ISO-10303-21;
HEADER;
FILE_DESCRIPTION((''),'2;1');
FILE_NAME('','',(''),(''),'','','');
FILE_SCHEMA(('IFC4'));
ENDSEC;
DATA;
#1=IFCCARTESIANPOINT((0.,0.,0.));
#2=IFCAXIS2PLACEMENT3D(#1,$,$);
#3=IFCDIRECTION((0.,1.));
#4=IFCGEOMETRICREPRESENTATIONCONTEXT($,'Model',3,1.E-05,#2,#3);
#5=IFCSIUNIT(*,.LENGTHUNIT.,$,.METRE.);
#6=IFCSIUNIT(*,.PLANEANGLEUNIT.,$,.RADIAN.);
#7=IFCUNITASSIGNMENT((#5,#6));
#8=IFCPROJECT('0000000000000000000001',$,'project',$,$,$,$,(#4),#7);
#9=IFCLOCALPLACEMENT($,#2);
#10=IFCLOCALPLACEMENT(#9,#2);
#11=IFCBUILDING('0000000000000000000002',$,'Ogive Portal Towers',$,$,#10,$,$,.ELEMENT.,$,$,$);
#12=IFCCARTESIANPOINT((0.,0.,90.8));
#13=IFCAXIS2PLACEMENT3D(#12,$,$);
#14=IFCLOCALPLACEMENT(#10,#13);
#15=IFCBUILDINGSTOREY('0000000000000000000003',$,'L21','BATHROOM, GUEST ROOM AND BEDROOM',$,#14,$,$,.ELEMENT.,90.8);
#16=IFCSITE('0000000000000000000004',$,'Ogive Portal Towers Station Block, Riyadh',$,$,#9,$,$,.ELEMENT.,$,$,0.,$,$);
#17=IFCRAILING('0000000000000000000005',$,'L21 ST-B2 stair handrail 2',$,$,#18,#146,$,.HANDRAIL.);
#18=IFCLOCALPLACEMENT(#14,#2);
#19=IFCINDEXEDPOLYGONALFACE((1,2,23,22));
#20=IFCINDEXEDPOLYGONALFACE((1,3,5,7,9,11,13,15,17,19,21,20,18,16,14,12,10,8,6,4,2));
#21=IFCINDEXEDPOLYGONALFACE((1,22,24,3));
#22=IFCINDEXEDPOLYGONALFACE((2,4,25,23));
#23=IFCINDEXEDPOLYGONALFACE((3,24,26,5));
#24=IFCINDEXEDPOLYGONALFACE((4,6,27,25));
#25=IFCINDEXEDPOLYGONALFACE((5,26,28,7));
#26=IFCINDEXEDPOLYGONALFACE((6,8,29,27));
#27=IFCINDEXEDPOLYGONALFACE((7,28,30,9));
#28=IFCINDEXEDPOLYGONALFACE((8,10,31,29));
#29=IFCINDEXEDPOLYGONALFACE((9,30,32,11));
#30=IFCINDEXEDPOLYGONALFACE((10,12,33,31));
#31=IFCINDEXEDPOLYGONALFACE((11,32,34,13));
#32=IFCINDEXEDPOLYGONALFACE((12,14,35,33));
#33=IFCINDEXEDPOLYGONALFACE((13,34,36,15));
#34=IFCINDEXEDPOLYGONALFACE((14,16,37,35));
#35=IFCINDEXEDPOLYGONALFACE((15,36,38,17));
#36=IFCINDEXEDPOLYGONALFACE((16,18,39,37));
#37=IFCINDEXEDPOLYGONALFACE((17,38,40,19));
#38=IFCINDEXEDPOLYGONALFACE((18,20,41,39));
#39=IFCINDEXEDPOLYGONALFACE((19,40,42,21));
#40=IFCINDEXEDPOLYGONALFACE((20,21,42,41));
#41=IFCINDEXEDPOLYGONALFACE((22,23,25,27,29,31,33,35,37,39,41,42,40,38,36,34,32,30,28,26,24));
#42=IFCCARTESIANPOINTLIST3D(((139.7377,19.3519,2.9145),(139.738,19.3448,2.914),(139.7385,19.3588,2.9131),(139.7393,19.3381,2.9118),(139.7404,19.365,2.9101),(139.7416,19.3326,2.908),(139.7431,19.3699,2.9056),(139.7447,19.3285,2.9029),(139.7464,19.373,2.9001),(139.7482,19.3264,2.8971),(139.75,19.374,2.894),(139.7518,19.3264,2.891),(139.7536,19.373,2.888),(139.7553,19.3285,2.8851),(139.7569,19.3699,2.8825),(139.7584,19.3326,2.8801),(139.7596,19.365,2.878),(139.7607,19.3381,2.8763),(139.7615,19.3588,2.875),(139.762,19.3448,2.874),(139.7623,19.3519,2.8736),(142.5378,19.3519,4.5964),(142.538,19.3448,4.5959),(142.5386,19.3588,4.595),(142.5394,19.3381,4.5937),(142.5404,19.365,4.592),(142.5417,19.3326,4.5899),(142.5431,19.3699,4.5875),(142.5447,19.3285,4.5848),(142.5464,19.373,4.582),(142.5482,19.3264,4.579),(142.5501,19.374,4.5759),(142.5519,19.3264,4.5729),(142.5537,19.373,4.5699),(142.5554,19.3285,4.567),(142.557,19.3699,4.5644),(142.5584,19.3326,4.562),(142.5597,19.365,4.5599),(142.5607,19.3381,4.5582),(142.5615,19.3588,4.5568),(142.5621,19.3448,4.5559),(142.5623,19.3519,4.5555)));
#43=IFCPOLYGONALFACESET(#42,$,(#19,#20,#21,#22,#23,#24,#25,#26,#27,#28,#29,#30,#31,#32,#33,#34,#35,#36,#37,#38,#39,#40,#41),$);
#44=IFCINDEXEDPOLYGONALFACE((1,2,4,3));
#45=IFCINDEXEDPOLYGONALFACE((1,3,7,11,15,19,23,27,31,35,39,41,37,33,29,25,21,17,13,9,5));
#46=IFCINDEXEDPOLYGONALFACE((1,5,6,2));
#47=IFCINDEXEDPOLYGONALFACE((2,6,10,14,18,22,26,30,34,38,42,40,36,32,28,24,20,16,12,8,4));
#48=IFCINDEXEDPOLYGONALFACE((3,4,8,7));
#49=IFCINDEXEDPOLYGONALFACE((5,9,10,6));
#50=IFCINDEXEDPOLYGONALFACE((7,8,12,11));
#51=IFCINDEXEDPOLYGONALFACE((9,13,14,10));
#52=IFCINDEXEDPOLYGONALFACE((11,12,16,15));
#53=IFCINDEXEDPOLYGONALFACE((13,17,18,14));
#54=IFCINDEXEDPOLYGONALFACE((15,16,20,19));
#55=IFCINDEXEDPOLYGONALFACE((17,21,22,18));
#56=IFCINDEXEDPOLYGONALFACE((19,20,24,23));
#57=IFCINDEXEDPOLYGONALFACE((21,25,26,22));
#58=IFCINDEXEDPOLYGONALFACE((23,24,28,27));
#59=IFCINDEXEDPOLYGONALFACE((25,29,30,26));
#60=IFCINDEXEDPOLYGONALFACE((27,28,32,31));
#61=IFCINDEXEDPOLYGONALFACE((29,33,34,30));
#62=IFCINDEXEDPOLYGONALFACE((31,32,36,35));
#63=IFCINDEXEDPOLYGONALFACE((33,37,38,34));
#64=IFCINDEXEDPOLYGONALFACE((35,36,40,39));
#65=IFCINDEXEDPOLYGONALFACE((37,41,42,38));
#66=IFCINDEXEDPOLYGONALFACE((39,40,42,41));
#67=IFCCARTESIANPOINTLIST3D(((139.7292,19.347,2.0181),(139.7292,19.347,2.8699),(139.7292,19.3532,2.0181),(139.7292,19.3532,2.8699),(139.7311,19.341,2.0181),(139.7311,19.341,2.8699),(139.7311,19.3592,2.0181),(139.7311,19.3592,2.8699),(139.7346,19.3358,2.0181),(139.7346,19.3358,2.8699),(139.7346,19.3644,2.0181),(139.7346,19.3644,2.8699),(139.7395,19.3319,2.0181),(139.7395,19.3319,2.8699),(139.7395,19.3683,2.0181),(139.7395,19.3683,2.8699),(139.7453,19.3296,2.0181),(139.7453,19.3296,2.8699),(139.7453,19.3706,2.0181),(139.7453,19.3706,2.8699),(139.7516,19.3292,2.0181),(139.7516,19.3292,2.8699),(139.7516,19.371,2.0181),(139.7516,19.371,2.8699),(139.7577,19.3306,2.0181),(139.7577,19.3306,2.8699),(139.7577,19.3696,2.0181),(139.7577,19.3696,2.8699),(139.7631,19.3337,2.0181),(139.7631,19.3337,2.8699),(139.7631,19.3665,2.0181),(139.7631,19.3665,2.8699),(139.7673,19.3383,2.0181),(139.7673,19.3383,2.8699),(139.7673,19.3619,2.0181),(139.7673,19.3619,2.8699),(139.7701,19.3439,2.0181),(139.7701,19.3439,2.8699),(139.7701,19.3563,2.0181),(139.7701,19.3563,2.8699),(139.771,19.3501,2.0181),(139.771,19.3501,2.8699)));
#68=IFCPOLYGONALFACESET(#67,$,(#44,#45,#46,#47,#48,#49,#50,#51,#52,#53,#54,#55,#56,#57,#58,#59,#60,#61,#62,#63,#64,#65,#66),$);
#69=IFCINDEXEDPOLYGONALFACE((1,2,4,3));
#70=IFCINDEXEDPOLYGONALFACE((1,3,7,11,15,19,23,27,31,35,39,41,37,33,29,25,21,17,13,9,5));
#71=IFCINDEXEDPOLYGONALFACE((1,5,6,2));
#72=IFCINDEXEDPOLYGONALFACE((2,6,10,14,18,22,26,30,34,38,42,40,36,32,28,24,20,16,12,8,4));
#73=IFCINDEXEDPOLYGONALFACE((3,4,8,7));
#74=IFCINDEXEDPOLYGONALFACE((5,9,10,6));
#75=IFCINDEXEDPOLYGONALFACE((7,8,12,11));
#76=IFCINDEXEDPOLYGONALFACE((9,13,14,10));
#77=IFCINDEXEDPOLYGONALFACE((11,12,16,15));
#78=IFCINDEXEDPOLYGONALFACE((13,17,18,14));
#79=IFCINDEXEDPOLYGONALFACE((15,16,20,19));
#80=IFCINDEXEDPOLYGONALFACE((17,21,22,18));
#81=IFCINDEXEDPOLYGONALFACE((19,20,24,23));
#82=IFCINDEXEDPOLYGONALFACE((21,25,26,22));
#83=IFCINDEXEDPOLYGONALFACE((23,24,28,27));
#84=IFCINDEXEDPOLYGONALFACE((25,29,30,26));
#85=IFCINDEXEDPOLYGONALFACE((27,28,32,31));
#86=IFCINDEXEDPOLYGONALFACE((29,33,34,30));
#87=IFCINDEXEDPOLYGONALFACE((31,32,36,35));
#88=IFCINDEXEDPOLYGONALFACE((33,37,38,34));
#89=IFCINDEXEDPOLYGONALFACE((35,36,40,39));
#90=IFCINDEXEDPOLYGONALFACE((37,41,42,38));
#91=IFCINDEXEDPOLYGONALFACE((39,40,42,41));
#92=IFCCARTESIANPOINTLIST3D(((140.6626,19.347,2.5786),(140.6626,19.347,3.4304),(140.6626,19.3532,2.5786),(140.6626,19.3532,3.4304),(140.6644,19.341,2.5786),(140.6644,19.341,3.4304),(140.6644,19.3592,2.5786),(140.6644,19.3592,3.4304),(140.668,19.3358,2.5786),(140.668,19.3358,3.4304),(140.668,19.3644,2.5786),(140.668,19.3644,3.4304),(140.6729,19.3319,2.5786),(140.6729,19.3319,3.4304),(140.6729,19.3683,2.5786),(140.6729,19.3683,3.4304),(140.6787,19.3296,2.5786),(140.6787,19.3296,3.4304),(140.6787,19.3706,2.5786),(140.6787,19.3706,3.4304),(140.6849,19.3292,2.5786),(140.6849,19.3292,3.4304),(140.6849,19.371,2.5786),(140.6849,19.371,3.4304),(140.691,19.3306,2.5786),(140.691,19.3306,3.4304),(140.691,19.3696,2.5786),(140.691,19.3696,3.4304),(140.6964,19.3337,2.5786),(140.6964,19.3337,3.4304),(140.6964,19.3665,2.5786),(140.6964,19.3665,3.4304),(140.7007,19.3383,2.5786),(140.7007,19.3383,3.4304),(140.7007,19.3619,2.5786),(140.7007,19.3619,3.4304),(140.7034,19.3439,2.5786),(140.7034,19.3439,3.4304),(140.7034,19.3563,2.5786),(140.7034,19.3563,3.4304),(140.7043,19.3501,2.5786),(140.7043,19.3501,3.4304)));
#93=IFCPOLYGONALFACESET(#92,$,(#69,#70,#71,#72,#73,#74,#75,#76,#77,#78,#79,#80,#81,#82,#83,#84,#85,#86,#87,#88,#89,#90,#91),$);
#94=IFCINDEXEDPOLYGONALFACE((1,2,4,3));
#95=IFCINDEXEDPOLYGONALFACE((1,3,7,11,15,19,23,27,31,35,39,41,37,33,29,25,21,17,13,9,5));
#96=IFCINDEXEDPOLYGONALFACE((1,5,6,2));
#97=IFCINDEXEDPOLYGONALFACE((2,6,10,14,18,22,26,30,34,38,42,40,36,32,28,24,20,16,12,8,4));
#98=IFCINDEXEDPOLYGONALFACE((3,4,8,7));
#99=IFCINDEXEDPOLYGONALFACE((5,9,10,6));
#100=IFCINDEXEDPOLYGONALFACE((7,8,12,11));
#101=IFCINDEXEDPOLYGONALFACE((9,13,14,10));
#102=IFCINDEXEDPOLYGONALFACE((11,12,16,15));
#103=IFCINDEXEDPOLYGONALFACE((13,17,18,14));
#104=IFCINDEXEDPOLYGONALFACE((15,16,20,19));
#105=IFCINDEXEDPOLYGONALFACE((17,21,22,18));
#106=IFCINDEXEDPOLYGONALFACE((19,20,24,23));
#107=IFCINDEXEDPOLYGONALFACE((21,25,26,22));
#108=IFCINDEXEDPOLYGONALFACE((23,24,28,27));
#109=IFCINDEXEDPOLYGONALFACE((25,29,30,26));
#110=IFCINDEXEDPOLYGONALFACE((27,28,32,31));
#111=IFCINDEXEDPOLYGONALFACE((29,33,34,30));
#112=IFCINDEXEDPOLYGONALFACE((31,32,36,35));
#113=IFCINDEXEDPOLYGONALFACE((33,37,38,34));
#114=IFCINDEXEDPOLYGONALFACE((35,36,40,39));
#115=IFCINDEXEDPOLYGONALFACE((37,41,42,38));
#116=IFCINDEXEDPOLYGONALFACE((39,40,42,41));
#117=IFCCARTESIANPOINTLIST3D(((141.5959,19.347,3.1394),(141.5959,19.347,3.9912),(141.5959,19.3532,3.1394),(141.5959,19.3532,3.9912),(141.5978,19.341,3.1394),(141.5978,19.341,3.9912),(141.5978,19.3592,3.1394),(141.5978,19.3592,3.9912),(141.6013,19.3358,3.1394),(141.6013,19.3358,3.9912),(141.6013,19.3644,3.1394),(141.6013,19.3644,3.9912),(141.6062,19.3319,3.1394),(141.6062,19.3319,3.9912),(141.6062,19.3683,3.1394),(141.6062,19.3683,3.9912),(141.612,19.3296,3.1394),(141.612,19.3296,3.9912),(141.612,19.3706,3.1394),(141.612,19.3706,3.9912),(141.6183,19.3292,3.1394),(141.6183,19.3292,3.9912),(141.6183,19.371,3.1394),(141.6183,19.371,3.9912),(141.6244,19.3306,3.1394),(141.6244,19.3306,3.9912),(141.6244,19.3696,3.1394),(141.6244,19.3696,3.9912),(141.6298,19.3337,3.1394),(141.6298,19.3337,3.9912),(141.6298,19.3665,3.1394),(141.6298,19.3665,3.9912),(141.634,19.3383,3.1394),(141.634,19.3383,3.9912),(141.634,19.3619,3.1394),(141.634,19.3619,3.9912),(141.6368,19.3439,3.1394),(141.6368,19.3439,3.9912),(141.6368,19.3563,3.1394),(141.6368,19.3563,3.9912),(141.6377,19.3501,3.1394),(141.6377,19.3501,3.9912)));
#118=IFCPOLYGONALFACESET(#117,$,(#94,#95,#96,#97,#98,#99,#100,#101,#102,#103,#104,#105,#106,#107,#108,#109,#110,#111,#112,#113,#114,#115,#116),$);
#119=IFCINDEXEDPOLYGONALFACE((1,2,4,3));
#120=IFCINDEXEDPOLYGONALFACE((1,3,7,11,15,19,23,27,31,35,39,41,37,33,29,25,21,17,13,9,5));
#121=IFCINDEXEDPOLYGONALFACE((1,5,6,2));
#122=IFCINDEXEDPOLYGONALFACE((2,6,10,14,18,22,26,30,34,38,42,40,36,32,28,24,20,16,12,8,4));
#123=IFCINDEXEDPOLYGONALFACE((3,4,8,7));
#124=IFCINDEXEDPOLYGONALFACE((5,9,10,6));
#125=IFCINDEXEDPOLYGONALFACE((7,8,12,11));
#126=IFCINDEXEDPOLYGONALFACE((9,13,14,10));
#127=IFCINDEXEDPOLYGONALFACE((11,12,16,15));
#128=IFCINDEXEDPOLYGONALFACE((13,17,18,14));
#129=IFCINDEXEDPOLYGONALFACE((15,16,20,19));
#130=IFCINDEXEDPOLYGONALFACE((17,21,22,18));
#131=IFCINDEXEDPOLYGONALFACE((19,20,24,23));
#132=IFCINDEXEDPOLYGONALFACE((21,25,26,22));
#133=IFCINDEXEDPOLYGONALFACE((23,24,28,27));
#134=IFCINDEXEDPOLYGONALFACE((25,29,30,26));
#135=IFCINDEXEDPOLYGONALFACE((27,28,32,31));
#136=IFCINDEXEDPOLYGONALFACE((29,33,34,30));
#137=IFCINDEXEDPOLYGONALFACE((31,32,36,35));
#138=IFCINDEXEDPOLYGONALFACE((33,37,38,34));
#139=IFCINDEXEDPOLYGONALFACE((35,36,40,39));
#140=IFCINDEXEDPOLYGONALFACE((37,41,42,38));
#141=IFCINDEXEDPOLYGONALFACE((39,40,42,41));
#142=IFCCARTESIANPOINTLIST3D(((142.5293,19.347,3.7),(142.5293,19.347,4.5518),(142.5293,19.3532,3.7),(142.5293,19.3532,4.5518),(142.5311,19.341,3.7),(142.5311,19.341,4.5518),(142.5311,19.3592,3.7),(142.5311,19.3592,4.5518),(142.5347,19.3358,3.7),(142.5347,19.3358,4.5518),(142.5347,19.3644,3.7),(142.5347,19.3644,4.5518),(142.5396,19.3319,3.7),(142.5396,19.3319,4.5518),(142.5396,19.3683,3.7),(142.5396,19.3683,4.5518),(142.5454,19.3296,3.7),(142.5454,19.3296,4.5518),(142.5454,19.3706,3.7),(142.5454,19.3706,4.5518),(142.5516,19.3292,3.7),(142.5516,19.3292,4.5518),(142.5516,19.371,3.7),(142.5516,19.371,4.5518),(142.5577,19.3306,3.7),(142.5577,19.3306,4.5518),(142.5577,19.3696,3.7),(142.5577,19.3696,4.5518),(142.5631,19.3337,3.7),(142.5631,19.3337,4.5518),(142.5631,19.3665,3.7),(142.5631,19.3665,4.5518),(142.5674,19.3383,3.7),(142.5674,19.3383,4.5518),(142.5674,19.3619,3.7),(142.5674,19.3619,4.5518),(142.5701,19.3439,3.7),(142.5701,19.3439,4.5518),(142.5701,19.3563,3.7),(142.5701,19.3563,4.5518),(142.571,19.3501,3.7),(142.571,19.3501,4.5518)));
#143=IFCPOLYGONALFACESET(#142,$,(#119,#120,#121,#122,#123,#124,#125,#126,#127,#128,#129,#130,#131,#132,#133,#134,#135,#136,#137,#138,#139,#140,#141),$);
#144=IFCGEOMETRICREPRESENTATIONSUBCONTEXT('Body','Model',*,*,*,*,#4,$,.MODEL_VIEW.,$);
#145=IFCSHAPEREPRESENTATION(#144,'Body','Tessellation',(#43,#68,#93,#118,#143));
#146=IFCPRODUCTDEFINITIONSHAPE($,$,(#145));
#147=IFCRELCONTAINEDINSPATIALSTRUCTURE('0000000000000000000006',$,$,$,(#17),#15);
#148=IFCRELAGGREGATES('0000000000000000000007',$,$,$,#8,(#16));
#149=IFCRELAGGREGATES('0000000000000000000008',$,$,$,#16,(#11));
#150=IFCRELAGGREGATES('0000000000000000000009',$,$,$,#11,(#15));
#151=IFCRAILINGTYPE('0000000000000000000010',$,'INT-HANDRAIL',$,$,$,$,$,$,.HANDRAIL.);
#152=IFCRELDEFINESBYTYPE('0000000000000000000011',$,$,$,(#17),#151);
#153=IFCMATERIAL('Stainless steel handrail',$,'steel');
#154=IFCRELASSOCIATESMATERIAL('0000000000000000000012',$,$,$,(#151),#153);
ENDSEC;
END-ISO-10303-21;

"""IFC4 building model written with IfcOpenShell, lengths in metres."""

from ifc_helpers import new_model, si_unit, direction, frame, origin, origin_2d, place, context, subcontext, project, spatial, circle, extrude, material, type_object, element, save


model = new_model("IFC4")

# Units and contexts
model_context = context("Model", 3, precision=1e-05, world=origin(), true_north=direction((0.0, 1.0)))
body_context = subcontext(model_context, "Body", "Model", "MODEL_VIEW")
ifc_project = project(units=[si_unit("LENGTHUNIT", "METRE"), si_unit("PLANEANGLEUNIT", "RADIAN")], contexts=[model_context])

# Site, building, storey
site_placement = place(None, origin())
site = spatial("IfcSite", under=ifc_project, at=site_placement, Name="Ogive Portal Towers Station Block, Riyadh", CompositionType="ELEMENT", RefElevation=0.0)
building_placement = place(site_placement, origin())
building = spatial("IfcBuilding", under=site, at=building_placement, Name="Ogive Portal Towers", CompositionType="ELEMENT")
storey_placement = place(building_placement, frame((0.0, 0.0, 90.8)))
storey = spatial("IfcBuildingStorey", under=building, at=storey_placement, Name="L21", Description="BATHROOM, GUEST ROOM AND BEDROOM", CompositionType="ELEMENT", Elevation=90.8)

# Railing
ifc_material_1 = material(Name="Stainless steel handrail", Category="steel")
railing_type_1 = type_object("IfcRailingType", Name="INT-HANDRAIL", PredefinedType="HANDRAIL", material=ifc_material_1)
railing_1_placement = place(storey_placement, frame((139.75, 19.3501, 2.0181)))
element("IfcRailing", 1, at=railing_1_placement, inside=storey, type_object=railing_type_1, Name="L21 ST-B2 stair handrail 2", PredefinedType="HANDRAIL", context=body_context, shape_type="SweptSolid", body=[
    extrude(circle(Radius=0.0239, at=origin_2d()), frame((0.0, 0.0, 0.876), z_axis=(0.857242, 0.0, 0.514913), x_axis=(0.0, 1.0, 0.0)), (0.0, 0.0, 1.0), 3.2664),
    extrude(circle(Radius=0.021, at=origin_2d()), origin(), (0.0, 0.0, 1.0), 0.8518),
    extrude(circle(Radius=0.021, at=origin_2d()), frame((0.9333, 0.0, 0.5605)), (0.0, 0.0, 1.0), 0.8518),
    extrude(circle(Radius=0.021, at=origin_2d()), frame((1.8667, 0.0, 1.1213)), (0.0, 0.0, 1.0), 0.8518),
    extrude(circle(Radius=0.021, at=origin_2d()), frame((2.8, 0.0, 1.6819)), (0.0, 0.0, 1.0), 0.8518),
])

save(model, "model.ifc")
